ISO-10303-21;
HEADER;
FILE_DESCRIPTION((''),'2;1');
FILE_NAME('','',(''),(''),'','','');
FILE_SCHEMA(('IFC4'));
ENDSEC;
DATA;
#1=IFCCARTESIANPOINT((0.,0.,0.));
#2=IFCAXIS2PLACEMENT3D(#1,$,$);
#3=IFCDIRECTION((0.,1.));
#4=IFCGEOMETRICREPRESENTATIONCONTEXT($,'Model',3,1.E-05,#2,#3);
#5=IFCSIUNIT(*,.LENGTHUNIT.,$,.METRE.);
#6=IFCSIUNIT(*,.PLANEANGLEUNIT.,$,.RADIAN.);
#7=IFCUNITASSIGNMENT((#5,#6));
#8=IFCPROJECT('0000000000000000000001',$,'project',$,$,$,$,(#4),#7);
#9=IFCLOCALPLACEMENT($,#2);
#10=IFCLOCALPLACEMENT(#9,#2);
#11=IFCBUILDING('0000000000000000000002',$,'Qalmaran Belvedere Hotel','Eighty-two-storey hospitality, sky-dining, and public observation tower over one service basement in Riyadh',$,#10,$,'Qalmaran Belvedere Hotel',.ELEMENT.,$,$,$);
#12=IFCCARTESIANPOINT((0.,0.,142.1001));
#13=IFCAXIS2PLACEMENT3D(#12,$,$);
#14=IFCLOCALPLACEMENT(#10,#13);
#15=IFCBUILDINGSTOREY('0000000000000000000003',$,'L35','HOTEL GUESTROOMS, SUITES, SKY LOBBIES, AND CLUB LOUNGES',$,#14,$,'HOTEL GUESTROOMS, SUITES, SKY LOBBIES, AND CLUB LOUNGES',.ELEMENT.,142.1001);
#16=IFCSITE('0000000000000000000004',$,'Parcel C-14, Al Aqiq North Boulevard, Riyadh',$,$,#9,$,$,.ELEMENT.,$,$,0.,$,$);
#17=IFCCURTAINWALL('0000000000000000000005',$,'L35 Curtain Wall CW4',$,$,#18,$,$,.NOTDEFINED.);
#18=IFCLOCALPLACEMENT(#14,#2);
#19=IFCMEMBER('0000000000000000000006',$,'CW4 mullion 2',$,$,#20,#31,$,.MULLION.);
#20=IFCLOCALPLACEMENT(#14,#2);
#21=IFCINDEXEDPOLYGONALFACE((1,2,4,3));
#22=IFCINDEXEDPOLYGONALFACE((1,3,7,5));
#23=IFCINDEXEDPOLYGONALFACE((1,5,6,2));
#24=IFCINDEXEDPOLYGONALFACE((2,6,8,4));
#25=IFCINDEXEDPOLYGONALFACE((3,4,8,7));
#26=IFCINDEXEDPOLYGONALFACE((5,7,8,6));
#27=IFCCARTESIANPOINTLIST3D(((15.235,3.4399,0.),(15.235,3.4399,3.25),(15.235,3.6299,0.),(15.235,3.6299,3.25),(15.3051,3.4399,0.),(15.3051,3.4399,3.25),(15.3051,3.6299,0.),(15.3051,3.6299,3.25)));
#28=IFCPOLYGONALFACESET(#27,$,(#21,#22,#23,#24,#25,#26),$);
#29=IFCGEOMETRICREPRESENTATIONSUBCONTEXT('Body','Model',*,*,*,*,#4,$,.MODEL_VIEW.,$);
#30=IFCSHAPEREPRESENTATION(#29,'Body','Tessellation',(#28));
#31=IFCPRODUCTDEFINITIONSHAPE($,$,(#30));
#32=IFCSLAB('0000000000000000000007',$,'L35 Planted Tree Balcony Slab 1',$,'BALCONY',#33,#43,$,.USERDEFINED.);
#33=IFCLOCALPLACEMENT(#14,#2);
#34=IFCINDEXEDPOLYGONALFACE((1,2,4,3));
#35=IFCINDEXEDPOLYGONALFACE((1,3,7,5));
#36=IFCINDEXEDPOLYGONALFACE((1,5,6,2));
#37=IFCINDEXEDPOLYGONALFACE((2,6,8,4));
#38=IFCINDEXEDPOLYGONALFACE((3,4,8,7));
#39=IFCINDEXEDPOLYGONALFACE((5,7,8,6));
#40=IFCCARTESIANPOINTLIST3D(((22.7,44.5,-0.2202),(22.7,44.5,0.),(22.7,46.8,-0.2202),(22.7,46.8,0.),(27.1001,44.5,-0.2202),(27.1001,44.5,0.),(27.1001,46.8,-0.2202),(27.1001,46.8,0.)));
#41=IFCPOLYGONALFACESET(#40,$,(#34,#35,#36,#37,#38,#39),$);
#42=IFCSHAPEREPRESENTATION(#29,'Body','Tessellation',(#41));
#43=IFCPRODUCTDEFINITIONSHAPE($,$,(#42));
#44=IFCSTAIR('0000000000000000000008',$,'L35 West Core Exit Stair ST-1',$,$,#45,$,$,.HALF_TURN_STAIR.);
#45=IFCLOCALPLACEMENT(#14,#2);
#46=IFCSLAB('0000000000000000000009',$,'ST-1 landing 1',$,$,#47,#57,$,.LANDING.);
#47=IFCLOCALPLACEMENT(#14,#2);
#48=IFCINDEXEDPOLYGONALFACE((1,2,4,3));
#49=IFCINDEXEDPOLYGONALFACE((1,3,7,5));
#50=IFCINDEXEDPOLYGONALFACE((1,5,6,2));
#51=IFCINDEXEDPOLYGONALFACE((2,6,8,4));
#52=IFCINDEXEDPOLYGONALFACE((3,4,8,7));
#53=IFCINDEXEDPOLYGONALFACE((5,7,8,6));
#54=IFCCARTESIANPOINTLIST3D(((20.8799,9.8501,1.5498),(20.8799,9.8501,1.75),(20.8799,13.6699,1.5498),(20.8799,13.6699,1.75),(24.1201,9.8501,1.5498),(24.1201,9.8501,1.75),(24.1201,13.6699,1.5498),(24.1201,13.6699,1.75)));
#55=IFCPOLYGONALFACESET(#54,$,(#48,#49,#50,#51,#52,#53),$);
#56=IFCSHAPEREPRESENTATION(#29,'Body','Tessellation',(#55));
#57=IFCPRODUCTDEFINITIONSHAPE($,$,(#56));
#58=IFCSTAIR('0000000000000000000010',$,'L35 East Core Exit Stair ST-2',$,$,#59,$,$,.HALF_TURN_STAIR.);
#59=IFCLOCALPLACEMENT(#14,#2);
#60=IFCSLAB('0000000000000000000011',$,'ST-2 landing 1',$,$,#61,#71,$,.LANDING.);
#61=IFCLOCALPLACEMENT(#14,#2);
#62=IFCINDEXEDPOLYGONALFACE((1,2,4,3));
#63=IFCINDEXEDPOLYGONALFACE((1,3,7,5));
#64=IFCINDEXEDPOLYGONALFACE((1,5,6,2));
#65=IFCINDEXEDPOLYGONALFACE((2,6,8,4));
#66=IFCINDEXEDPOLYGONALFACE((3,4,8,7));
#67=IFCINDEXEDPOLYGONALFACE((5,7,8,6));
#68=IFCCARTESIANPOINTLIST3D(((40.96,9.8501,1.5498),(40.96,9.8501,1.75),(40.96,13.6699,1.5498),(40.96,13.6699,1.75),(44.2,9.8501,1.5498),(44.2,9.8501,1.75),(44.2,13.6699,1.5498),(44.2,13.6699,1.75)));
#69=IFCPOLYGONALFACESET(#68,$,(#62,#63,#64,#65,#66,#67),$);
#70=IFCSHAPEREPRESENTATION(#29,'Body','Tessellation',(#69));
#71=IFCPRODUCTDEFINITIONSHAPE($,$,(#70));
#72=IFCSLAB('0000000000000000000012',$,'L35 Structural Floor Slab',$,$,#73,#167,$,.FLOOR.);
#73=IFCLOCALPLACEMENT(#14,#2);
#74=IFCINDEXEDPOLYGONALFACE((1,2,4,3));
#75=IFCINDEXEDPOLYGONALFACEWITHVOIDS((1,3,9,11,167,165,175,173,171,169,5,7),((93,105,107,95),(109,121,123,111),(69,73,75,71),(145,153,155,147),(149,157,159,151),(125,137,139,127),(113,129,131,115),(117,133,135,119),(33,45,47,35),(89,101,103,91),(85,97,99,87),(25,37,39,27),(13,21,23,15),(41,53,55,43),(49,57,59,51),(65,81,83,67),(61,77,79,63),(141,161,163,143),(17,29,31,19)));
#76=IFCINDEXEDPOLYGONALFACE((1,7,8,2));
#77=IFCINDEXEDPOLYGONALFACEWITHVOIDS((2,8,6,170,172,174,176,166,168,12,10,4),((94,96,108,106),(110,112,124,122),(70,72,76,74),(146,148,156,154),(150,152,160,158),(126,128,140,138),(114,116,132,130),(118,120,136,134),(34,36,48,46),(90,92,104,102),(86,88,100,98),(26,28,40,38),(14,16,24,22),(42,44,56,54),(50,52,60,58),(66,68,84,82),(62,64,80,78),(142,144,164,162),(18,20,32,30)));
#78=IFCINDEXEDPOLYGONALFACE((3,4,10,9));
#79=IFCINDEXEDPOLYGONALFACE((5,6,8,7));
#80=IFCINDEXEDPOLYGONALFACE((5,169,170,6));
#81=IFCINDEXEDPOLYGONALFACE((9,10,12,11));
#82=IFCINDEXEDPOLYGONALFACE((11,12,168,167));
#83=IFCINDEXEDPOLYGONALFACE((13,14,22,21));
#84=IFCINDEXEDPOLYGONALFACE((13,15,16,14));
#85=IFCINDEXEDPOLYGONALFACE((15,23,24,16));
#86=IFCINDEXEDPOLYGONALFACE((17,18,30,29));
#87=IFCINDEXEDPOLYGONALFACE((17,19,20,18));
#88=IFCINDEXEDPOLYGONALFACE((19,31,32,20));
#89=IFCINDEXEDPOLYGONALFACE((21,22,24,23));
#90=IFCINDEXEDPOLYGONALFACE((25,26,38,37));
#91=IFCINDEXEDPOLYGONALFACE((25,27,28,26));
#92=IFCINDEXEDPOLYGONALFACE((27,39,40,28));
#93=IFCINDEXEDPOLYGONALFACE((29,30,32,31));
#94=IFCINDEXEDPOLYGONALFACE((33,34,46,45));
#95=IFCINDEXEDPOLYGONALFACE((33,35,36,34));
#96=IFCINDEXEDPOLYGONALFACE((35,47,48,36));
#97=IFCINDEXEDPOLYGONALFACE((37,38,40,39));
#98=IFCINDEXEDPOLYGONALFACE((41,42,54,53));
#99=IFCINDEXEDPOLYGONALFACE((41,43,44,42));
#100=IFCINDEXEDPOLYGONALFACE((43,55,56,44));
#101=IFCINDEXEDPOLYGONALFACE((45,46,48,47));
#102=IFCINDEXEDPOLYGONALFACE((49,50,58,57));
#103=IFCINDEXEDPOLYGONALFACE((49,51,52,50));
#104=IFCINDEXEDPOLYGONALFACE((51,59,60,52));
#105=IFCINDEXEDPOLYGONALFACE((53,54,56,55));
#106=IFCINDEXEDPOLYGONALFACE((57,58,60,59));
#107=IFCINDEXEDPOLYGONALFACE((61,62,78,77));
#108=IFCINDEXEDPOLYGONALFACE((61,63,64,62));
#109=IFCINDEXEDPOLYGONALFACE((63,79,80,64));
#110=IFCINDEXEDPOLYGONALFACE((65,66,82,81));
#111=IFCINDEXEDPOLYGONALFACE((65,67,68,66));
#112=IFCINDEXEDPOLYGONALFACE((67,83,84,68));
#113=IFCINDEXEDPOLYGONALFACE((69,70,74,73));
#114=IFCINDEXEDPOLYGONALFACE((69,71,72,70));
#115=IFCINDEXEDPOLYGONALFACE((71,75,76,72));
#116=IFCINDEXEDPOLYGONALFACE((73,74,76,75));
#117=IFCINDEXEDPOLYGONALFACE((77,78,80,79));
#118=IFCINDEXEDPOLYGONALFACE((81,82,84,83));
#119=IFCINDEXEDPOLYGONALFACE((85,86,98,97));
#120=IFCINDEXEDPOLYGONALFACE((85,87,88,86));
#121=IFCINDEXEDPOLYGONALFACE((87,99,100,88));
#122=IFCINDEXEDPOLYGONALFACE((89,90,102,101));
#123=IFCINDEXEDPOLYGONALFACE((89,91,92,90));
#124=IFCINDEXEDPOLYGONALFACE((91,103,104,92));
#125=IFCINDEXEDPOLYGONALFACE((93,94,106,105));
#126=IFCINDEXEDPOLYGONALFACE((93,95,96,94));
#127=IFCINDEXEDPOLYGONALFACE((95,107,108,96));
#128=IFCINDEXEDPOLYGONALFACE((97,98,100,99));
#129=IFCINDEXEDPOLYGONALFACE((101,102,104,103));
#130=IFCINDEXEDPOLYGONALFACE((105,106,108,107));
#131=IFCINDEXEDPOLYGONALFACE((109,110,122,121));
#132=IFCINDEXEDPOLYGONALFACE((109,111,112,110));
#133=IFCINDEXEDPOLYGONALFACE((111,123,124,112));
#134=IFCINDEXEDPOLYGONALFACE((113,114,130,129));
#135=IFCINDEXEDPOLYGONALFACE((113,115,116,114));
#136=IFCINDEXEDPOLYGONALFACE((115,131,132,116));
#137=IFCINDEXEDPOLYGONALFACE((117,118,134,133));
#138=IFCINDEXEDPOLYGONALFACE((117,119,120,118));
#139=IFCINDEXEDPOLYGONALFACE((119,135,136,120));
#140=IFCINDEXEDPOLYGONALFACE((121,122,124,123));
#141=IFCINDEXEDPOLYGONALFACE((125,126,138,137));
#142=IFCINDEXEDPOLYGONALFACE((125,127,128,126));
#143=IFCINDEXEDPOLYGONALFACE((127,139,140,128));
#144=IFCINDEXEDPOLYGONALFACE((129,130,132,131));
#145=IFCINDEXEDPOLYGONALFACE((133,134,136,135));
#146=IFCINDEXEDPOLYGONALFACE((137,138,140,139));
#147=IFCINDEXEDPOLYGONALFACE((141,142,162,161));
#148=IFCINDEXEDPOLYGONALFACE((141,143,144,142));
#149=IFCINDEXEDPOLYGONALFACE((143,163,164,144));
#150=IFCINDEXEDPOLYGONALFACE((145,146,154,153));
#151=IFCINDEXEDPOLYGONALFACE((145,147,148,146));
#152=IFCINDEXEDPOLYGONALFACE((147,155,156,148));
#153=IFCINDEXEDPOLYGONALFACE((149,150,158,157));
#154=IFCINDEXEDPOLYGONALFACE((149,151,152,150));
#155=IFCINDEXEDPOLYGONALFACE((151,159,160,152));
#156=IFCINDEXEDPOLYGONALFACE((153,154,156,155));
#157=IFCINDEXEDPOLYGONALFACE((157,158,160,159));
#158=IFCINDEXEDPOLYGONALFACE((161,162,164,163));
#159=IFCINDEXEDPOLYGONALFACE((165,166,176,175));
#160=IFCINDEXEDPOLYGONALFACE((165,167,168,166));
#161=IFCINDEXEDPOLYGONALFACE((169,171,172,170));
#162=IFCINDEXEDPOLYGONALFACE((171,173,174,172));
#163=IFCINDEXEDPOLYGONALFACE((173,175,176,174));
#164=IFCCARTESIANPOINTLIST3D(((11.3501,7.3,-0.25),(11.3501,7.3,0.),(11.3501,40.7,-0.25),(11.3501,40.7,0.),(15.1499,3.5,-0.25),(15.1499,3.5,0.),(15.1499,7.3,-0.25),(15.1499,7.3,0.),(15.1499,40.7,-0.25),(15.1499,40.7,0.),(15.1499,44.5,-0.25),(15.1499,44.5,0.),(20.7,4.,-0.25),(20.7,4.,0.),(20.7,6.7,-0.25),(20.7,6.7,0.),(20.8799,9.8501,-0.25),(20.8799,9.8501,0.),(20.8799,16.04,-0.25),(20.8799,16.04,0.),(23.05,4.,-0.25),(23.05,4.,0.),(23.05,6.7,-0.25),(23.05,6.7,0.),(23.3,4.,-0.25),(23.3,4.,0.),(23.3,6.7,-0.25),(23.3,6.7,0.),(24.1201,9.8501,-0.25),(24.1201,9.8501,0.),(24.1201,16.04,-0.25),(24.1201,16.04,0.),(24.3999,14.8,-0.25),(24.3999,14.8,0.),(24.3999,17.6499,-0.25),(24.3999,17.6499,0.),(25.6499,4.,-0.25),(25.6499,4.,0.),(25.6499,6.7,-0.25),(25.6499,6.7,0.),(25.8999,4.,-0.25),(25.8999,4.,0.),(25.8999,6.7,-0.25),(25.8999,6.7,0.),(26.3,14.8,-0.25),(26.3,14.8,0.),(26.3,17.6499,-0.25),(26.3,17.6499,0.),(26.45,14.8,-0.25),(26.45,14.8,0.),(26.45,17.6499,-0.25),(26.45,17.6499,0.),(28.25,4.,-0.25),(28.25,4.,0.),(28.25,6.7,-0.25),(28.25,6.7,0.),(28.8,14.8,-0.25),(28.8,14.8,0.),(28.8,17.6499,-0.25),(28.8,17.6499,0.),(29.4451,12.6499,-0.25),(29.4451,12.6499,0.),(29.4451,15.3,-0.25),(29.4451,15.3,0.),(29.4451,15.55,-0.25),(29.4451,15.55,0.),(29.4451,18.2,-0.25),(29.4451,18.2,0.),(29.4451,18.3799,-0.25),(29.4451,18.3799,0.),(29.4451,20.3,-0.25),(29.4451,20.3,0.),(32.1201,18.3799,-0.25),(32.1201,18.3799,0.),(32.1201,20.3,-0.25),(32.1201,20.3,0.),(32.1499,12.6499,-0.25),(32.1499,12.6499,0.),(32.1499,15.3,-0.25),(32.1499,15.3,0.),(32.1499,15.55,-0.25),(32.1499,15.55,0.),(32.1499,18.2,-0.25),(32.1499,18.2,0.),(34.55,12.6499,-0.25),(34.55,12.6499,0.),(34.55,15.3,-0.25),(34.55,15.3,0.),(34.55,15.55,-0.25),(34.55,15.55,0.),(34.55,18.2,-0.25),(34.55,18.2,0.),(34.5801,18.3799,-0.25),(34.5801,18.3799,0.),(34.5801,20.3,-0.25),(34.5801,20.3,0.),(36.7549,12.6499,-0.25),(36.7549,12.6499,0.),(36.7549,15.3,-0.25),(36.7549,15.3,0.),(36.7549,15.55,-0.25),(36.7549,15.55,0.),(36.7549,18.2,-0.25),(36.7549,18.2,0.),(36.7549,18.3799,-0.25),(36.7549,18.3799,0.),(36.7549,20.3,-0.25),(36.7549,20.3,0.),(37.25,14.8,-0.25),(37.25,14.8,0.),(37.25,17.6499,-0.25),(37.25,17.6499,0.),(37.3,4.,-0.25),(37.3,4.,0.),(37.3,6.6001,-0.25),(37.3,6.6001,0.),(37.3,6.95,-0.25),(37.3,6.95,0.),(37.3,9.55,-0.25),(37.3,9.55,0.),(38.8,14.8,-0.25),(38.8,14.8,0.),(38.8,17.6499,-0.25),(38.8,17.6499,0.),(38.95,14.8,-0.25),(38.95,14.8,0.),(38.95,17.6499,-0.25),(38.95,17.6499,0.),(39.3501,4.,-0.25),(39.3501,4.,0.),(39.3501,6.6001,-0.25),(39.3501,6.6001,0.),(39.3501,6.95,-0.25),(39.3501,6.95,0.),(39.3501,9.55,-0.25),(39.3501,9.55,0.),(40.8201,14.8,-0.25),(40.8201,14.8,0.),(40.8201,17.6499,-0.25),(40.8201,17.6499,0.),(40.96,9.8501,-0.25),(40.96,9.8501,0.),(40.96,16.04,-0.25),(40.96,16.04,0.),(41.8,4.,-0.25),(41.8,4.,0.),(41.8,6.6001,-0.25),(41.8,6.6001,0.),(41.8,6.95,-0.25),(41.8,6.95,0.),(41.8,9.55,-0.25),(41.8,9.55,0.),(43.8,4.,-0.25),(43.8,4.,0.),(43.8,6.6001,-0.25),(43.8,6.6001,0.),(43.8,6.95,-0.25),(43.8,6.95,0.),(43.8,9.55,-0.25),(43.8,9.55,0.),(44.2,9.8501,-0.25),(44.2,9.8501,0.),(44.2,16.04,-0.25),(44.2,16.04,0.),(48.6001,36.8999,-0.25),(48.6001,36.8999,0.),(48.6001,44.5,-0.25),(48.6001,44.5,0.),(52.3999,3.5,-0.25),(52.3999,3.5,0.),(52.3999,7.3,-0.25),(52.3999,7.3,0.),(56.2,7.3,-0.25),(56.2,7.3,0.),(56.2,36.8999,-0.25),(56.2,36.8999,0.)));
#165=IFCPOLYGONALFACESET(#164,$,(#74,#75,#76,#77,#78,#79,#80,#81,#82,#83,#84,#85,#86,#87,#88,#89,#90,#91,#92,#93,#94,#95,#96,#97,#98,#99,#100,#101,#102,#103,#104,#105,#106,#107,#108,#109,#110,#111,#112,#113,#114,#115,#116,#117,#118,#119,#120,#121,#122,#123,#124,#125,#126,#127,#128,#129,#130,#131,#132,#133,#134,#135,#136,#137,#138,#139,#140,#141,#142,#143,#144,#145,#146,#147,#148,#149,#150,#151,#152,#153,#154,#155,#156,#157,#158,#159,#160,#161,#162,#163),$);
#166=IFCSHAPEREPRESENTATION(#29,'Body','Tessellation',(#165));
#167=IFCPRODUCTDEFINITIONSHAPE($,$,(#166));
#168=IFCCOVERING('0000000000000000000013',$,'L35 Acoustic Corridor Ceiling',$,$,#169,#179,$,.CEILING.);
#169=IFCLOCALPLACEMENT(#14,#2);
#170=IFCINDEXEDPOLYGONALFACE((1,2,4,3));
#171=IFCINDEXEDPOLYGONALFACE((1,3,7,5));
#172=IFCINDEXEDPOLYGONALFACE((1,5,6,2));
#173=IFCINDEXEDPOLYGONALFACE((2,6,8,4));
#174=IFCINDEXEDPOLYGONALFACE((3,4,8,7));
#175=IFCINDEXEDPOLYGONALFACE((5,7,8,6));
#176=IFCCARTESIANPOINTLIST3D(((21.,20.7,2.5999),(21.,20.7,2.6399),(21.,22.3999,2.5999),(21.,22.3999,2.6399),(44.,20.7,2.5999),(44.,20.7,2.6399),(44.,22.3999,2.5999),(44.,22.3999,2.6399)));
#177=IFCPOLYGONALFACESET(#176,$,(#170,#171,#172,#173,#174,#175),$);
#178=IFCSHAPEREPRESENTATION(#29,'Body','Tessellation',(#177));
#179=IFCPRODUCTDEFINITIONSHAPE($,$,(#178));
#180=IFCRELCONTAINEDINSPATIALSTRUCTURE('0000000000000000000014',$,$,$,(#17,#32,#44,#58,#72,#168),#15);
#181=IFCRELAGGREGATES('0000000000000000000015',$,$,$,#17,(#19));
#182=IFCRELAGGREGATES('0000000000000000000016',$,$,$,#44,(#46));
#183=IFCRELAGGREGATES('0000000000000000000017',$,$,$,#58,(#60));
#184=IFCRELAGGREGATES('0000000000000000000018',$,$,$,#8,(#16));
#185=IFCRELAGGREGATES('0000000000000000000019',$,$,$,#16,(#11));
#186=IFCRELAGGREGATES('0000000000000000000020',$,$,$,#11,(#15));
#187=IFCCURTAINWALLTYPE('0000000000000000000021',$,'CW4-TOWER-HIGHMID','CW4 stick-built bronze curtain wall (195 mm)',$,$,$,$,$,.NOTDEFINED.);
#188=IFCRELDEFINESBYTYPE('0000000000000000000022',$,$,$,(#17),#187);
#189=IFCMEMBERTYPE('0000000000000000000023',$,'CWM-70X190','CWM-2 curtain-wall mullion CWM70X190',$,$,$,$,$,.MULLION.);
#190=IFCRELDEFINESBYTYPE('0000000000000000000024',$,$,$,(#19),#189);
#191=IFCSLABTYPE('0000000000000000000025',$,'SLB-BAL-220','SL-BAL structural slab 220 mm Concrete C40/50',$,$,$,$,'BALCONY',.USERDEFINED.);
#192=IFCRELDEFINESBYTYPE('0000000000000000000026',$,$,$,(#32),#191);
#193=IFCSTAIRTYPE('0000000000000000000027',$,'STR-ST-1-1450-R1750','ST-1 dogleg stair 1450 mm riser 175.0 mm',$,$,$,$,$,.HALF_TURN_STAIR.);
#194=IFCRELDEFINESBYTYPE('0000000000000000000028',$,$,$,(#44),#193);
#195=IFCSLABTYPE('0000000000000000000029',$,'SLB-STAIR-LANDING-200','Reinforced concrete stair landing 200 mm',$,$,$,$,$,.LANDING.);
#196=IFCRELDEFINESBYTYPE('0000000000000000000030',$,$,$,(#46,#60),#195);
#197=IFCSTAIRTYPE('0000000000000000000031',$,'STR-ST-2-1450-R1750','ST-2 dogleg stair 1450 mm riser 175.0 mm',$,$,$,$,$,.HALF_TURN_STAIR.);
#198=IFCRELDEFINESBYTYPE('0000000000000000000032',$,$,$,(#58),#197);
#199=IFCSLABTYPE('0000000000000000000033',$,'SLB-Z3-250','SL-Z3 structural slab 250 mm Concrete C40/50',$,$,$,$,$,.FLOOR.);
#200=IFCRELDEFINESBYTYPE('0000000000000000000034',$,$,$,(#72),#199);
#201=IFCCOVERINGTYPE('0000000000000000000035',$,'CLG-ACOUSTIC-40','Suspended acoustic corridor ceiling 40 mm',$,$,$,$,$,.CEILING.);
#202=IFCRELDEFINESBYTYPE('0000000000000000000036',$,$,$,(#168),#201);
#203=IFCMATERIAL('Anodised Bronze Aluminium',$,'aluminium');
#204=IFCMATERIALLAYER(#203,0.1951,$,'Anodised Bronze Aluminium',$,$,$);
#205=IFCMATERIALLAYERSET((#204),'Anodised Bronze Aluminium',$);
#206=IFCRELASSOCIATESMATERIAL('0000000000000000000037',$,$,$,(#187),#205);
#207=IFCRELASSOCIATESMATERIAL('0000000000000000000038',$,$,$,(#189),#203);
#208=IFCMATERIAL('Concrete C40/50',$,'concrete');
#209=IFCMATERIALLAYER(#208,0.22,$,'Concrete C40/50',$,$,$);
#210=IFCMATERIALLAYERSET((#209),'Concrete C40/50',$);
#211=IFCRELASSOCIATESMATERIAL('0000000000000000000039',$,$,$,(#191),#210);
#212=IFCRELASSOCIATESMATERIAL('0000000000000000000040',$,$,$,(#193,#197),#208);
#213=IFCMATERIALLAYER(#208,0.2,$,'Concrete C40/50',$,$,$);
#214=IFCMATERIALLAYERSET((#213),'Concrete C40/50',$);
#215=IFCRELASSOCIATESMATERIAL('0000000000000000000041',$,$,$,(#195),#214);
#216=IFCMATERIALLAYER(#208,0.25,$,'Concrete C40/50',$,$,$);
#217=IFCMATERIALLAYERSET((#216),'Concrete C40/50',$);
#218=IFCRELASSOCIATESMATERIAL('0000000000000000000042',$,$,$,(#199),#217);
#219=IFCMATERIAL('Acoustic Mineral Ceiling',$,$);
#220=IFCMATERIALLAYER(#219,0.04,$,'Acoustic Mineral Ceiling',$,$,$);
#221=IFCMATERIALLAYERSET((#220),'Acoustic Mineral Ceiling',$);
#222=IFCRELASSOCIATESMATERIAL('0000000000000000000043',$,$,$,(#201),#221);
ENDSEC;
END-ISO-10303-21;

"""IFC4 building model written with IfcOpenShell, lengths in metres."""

from ifc_helpers import new_model, si_unit, direction, frame, origin, origin_2d, place, context, subcontext, project, spatial, polyline, rectangle, outline, extrude, material, layer, layer_set, material_profile, profile_set, type_object, element, aggregate, save


model = new_model("IFC4")

# Units and contexts
model_context = context("Model", 3, precision=1e-05, world=origin(), true_north=direction((0.0, 1.0)))
body_context = subcontext(model_context, "Body", "Model", "MODEL_VIEW")
ifc_project = project(units=[si_unit("LENGTHUNIT", "METRE"), si_unit("PLANEANGLEUNIT", "RADIAN")], contexts=[model_context])

# Site, building, storey
site_placement = place(None, origin())
site = spatial("IfcSite", under=ifc_project, at=site_placement, Name="Parcel C-14, Al Aqiq North Boulevard, Riyadh", CompositionType="ELEMENT", RefElevation=0.0)
building_placement = place(site_placement, origin())
building = spatial("IfcBuilding", under=site, at=building_placement, Name="Qalmaran Belvedere Hotel", Description="Eighty-two-storey hospitality, sky-dining, and public observation tower over one service basement in Riyadh", LongName="Qalmaran Belvedere Hotel", CompositionType="ELEMENT")
storey_placement = place(building_placement, frame((0.0, 0.0, 142.1001)))
storey = spatial("IfcBuildingStorey", under=building, at=storey_placement, Name="L35", Description="HOTEL GUESTROOMS, SUITES, SKY LOBBIES, AND CLUB LOUNGES", LongName="HOTEL GUESTROOMS, SUITES, SKY LOBBIES, AND CLUB LOUNGES", CompositionType="ELEMENT", Elevation=142.1001)

# Curtain wall, member
ifc_material_1 = material(Name="Anodised Bronze Aluminium", Category="aluminium")
ifc_layer_1 = layer(ifc_material_1, 0.1951, Name="Anodised Bronze Aluminium")
ifc_layer_set_1 = layer_set([ifc_layer_1], Name="Anodised Bronze Aluminium")
curtain_wall_type = type_object("IfcCurtainWallType", Name="CW4-TOWER-HIGHMID", Description="CW4 stick-built bronze curtain wall (195 mm)", PredefinedType="NOTDEFINED", material=ifc_layer_set_1)
curtain_wall_placement = place(storey_placement, origin())
curtain_wall = element("IfcCurtainWall", 1, at=curtain_wall_placement, inside=storey, type_object=curtain_wall_type, Name="L35 Curtain Wall CW4", PredefinedType="NOTDEFINED")
ifc_material_profile = material_profile(ifc_material_1, rectangle(XDim=0.0701, YDim=0.1899, at=origin_2d()), Name="CWM70X190")
ifc_profile_set = profile_set([ifc_material_profile], Name="Anodised Bronze Aluminium")
member_type = type_object("IfcMemberType", Name="CWM-70X190", Description="CWM-2 curtain-wall mullion CWM70X190", PredefinedType="MULLION", material=ifc_profile_set)
member_placement = place(storey_placement, frame((15.27, 3.5349, 0.0), z_axis=(0.0, 0.0, 1.0), x_axis=(1.0, 0.0, 0.0)))
member = element("IfcMember", 2, at=member_placement, type_object=member_type, Name="CW4 mullion 2", PredefinedType="MULLION", context=body_context, shape_type="SweptSolid", body=[
    extrude(rectangle(XDim=0.0701, YDim=0.1899, at=origin_2d()), origin(), (0.0, 0.0, 1.0), 3.25),
])
aggregate(curtain_wall, [member])

# Slab
ifc_material_2 = material(Name="Concrete C40/50", Category="concrete")
ifc_layer_2 = layer(ifc_material_2, 0.22, Name="Concrete C40/50")
ifc_layer_set_2 = layer_set([ifc_layer_2], Name="Concrete C40/50")
slab_type_1 = type_object("IfcSlabType", Name="SLB-BAL-220", Description="SL-BAL structural slab 220 mm Concrete C40/50", ElementType="BALCONY", PredefinedType="USERDEFINED", material=ifc_layer_set_2)
slab_1_placement = place(storey_placement, frame((0.0, 0.0, -0.2202)))
element("IfcSlab", 3, at=slab_1_placement, inside=storey, type_object=slab_type_1, Name="L35 Planted Tree Balcony Slab 1", ObjectType="BALCONY", PredefinedType="USERDEFINED", context=body_context, shape_type="SweptSolid", body=[
    extrude(outline(polyline([(22.7, 44.5), (27.1001, 44.5), (27.1001, 46.8), (22.7, 46.8), (22.7, 44.5)])), origin(), (0.0, 0.0, 1.0), 0.2202),
])

# Stairs, slabs
stair_type_1 = type_object("IfcStairType", Name="STR-ST-1-1450-R1750", Description="ST-1 dogleg stair 1450 mm riser 175.0 mm", PredefinedType="HALF_TURN_STAIR", material=ifc_material_2)
stair_1_placement = place(storey_placement, origin())
stair_1 = element("IfcStair", 4, at=stair_1_placement, inside=storey, type_object=stair_type_1, Name="L35 West Core Exit Stair ST-1", PredefinedType="HALF_TURN_STAIR")
ifc_layer_3 = layer(ifc_material_2, 0.2, Name="Concrete C40/50")
ifc_layer_set_3 = layer_set([ifc_layer_3], Name="Concrete C40/50")
slab_type_2 = type_object("IfcSlabType", Name="SLB-STAIR-LANDING-200", Description="Reinforced concrete stair landing 200 mm", PredefinedType="LANDING", material=ifc_layer_set_3)
slab_2_placement = place(storey_placement, frame((0.0, 0.0, 1.5498)))
slab_2 = element("IfcSlab", 5, at=slab_2_placement, type_object=slab_type_2, Name="ST-1 landing 1", PredefinedType="LANDING", context=body_context, shape_type="SweptSolid", body=[
    extrude(outline(polyline([(20.8799, 13.6699), (20.8799, 9.8501), (24.1201, 9.8501), (24.1201, 13.6699), (20.8799, 13.6699)])), origin(), (0.0, 0.0, 1.0), 0.2002),
])
aggregate(stair_1, [slab_2])
stair_type_2 = type_object("IfcStairType", Name="STR-ST-2-1450-R1750", Description="ST-2 dogleg stair 1450 mm riser 175.0 mm", PredefinedType="HALF_TURN_STAIR", material=ifc_material_2)
stair_2_placement = place(storey_placement, origin())
stair_2 = element("IfcStair", 6, at=stair_2_placement, inside=storey, type_object=stair_type_2, Name="L35 East Core Exit Stair ST-2", PredefinedType="HALF_TURN_STAIR")
slab_3_placement = place(storey_placement, frame((0.0, 0.0, 1.5498)))
slab_3 = element("IfcSlab", 7, at=slab_3_placement, type_object=slab_type_2, Name="ST-2 landing 1", PredefinedType="LANDING", context=body_context, shape_type="SweptSolid", body=[
    extrude(outline(polyline([(40.96, 13.6699), (40.96, 9.8501), (44.2, 9.8501), (44.2, 13.6699), (40.96, 13.6699)])), origin(), (0.0, 0.0, 1.0), 0.2002),
])
aggregate(stair_2, [slab_3])

# Slab
ifc_layer_4 = layer(ifc_material_2, 0.25, Name="Concrete C40/50")
ifc_layer_set_4 = layer_set([ifc_layer_4], Name="Concrete C40/50")
slab_type_3 = type_object("IfcSlabType", Name="SLB-Z3-250", Description="SL-Z3 structural slab 250 mm Concrete C40/50", PredefinedType="FLOOR", material=ifc_layer_set_4)
slab_4_placement = place(storey_placement, frame((0.0, 0.0, -0.25)))
element("IfcSlab", 8, at=slab_4_placement, inside=storey, type_object=slab_type_3, Name="L35 Structural Floor Slab", PredefinedType="FLOOR", context=body_context, shape_type="SweptSolid", body=[
    extrude(outline(polyline([(15.1499, 3.5), (52.3999, 3.5), (52.3999, 7.3), (56.2, 7.3), (56.2, 36.8999), (48.6001, 36.8999), (48.6001, 44.5), (15.1499, 44.5), (15.1499, 40.7), (11.3501, 40.7), (11.3501, 7.3), (15.1499, 7.3), (15.1499, 3.5)]), holes=[polyline([(20.8799, 9.8501), (24.1201, 9.8501), (24.1201, 16.04), (20.8799, 16.04), (20.8799, 9.8501)]), polyline([(40.96, 9.8501), (44.2, 9.8501), (44.2, 16.04), (40.96, 16.04), (40.96, 9.8501)]), polyline([(29.4451, 12.6499), (32.1499, 12.6499), (32.1499, 15.3), (29.4451, 15.3), (29.4451, 12.6499)]), polyline([(29.4451, 15.55), (32.1499, 15.55), (32.1499, 18.2), (29.4451, 18.2), (29.4451, 15.55)]), polyline([(34.55, 12.6499), (36.7549, 12.6499), (36.7549, 15.3), (34.55, 15.3), (34.55, 12.6499)]), polyline([(34.55, 15.55), (36.7549, 15.55), (36.7549, 18.2), (34.55, 18.2), (34.55, 15.55)]), polyline([(37.3, 4.0), (39.3501, 4.0), (39.3501, 6.6001), (37.3, 6.6001), (37.3, 4.0)]), polyline([(37.3, 6.95), (39.3501, 6.95), (39.3501, 9.55), (37.3, 9.55), (37.3, 6.95)]), polyline([(41.8, 4.0), (43.8, 4.0), (43.8, 6.6001), (41.8, 6.6001), (41.8, 4.0)]), polyline([(41.8, 6.95), (43.8, 6.95), (43.8, 9.55), (41.8, 9.55), (41.8, 6.95)]), polyline([(20.7, 4.0), (23.05, 4.0), (23.05, 6.7), (20.7, 6.7), (20.7, 4.0)]), polyline([(23.3, 4.0), (25.6499, 4.0), (25.6499, 6.7), (23.3, 6.7), (23.3, 4.0)]), polyline([(25.8999, 4.0), (28.25, 4.0), (28.25, 6.7), (25.8999, 6.7), (25.8999, 4.0)]), polyline([(24.3999, 14.8), (26.3, 14.8), (26.3, 17.6499), (24.3999, 17.6499), (24.3999, 14.8)]), polyline([(38.95, 14.8), (40.8201, 14.8), (40.8201, 17.6499), (38.95, 17.6499), (38.95, 14.8)]), polyline([(26.45, 14.8), (28.8, 14.8), (28.8, 17.6499), (26.45, 17.6499), (26.45, 14.8)]), polyline([(37.25, 14.8), (38.8, 14.8), (38.8, 17.6499), (37.25, 17.6499), (37.25, 14.8)]), polyline([(29.4451, 18.3799), (32.1201, 18.3799), (32.1201, 20.3), (29.4451, 20.3), (29.4451, 18.3799)]), polyline([(34.5801, 18.3799), (36.7549, 18.3799), (36.7549, 20.3), (34.5801, 20.3), (34.5801, 18.3799)])]), origin(), (0.0, 0.0, 1.0), 0.25),
])

# Covering
ifc_material_3 = material(Name="Acoustic Mineral Ceiling")
ifc_layer_5 = layer(ifc_material_3, 0.04, Name="Acoustic Mineral Ceiling")
ifc_layer_set_5 = layer_set([ifc_layer_5], Name="Acoustic Mineral Ceiling")
covering_type_1 = type_object("IfcCoveringType", Name="CLG-ACOUSTIC-40", Description="Suspended acoustic corridor ceiling 40 mm", PredefinedType="CEILING", material=ifc_layer_set_5)
covering_1_placement = place(storey_placement, frame((0.0, 0.0, 2.5999)))
element("IfcCovering", 9, at=covering_1_placement, inside=storey, type_object=covering_type_1, Name="L35 Acoustic Corridor Ceiling", PredefinedType="CEILING", context=body_context, shape_type="SweptSolid", body=[
    extrude(outline(polyline([(21.0, 20.7), (44.0, 20.7), (44.0, 22.3999), (21.0, 22.3999), (21.0, 20.7)])), origin(), (0.0, 0.0, 1.0), 0.04),
])

save(model, "model.ifc")
